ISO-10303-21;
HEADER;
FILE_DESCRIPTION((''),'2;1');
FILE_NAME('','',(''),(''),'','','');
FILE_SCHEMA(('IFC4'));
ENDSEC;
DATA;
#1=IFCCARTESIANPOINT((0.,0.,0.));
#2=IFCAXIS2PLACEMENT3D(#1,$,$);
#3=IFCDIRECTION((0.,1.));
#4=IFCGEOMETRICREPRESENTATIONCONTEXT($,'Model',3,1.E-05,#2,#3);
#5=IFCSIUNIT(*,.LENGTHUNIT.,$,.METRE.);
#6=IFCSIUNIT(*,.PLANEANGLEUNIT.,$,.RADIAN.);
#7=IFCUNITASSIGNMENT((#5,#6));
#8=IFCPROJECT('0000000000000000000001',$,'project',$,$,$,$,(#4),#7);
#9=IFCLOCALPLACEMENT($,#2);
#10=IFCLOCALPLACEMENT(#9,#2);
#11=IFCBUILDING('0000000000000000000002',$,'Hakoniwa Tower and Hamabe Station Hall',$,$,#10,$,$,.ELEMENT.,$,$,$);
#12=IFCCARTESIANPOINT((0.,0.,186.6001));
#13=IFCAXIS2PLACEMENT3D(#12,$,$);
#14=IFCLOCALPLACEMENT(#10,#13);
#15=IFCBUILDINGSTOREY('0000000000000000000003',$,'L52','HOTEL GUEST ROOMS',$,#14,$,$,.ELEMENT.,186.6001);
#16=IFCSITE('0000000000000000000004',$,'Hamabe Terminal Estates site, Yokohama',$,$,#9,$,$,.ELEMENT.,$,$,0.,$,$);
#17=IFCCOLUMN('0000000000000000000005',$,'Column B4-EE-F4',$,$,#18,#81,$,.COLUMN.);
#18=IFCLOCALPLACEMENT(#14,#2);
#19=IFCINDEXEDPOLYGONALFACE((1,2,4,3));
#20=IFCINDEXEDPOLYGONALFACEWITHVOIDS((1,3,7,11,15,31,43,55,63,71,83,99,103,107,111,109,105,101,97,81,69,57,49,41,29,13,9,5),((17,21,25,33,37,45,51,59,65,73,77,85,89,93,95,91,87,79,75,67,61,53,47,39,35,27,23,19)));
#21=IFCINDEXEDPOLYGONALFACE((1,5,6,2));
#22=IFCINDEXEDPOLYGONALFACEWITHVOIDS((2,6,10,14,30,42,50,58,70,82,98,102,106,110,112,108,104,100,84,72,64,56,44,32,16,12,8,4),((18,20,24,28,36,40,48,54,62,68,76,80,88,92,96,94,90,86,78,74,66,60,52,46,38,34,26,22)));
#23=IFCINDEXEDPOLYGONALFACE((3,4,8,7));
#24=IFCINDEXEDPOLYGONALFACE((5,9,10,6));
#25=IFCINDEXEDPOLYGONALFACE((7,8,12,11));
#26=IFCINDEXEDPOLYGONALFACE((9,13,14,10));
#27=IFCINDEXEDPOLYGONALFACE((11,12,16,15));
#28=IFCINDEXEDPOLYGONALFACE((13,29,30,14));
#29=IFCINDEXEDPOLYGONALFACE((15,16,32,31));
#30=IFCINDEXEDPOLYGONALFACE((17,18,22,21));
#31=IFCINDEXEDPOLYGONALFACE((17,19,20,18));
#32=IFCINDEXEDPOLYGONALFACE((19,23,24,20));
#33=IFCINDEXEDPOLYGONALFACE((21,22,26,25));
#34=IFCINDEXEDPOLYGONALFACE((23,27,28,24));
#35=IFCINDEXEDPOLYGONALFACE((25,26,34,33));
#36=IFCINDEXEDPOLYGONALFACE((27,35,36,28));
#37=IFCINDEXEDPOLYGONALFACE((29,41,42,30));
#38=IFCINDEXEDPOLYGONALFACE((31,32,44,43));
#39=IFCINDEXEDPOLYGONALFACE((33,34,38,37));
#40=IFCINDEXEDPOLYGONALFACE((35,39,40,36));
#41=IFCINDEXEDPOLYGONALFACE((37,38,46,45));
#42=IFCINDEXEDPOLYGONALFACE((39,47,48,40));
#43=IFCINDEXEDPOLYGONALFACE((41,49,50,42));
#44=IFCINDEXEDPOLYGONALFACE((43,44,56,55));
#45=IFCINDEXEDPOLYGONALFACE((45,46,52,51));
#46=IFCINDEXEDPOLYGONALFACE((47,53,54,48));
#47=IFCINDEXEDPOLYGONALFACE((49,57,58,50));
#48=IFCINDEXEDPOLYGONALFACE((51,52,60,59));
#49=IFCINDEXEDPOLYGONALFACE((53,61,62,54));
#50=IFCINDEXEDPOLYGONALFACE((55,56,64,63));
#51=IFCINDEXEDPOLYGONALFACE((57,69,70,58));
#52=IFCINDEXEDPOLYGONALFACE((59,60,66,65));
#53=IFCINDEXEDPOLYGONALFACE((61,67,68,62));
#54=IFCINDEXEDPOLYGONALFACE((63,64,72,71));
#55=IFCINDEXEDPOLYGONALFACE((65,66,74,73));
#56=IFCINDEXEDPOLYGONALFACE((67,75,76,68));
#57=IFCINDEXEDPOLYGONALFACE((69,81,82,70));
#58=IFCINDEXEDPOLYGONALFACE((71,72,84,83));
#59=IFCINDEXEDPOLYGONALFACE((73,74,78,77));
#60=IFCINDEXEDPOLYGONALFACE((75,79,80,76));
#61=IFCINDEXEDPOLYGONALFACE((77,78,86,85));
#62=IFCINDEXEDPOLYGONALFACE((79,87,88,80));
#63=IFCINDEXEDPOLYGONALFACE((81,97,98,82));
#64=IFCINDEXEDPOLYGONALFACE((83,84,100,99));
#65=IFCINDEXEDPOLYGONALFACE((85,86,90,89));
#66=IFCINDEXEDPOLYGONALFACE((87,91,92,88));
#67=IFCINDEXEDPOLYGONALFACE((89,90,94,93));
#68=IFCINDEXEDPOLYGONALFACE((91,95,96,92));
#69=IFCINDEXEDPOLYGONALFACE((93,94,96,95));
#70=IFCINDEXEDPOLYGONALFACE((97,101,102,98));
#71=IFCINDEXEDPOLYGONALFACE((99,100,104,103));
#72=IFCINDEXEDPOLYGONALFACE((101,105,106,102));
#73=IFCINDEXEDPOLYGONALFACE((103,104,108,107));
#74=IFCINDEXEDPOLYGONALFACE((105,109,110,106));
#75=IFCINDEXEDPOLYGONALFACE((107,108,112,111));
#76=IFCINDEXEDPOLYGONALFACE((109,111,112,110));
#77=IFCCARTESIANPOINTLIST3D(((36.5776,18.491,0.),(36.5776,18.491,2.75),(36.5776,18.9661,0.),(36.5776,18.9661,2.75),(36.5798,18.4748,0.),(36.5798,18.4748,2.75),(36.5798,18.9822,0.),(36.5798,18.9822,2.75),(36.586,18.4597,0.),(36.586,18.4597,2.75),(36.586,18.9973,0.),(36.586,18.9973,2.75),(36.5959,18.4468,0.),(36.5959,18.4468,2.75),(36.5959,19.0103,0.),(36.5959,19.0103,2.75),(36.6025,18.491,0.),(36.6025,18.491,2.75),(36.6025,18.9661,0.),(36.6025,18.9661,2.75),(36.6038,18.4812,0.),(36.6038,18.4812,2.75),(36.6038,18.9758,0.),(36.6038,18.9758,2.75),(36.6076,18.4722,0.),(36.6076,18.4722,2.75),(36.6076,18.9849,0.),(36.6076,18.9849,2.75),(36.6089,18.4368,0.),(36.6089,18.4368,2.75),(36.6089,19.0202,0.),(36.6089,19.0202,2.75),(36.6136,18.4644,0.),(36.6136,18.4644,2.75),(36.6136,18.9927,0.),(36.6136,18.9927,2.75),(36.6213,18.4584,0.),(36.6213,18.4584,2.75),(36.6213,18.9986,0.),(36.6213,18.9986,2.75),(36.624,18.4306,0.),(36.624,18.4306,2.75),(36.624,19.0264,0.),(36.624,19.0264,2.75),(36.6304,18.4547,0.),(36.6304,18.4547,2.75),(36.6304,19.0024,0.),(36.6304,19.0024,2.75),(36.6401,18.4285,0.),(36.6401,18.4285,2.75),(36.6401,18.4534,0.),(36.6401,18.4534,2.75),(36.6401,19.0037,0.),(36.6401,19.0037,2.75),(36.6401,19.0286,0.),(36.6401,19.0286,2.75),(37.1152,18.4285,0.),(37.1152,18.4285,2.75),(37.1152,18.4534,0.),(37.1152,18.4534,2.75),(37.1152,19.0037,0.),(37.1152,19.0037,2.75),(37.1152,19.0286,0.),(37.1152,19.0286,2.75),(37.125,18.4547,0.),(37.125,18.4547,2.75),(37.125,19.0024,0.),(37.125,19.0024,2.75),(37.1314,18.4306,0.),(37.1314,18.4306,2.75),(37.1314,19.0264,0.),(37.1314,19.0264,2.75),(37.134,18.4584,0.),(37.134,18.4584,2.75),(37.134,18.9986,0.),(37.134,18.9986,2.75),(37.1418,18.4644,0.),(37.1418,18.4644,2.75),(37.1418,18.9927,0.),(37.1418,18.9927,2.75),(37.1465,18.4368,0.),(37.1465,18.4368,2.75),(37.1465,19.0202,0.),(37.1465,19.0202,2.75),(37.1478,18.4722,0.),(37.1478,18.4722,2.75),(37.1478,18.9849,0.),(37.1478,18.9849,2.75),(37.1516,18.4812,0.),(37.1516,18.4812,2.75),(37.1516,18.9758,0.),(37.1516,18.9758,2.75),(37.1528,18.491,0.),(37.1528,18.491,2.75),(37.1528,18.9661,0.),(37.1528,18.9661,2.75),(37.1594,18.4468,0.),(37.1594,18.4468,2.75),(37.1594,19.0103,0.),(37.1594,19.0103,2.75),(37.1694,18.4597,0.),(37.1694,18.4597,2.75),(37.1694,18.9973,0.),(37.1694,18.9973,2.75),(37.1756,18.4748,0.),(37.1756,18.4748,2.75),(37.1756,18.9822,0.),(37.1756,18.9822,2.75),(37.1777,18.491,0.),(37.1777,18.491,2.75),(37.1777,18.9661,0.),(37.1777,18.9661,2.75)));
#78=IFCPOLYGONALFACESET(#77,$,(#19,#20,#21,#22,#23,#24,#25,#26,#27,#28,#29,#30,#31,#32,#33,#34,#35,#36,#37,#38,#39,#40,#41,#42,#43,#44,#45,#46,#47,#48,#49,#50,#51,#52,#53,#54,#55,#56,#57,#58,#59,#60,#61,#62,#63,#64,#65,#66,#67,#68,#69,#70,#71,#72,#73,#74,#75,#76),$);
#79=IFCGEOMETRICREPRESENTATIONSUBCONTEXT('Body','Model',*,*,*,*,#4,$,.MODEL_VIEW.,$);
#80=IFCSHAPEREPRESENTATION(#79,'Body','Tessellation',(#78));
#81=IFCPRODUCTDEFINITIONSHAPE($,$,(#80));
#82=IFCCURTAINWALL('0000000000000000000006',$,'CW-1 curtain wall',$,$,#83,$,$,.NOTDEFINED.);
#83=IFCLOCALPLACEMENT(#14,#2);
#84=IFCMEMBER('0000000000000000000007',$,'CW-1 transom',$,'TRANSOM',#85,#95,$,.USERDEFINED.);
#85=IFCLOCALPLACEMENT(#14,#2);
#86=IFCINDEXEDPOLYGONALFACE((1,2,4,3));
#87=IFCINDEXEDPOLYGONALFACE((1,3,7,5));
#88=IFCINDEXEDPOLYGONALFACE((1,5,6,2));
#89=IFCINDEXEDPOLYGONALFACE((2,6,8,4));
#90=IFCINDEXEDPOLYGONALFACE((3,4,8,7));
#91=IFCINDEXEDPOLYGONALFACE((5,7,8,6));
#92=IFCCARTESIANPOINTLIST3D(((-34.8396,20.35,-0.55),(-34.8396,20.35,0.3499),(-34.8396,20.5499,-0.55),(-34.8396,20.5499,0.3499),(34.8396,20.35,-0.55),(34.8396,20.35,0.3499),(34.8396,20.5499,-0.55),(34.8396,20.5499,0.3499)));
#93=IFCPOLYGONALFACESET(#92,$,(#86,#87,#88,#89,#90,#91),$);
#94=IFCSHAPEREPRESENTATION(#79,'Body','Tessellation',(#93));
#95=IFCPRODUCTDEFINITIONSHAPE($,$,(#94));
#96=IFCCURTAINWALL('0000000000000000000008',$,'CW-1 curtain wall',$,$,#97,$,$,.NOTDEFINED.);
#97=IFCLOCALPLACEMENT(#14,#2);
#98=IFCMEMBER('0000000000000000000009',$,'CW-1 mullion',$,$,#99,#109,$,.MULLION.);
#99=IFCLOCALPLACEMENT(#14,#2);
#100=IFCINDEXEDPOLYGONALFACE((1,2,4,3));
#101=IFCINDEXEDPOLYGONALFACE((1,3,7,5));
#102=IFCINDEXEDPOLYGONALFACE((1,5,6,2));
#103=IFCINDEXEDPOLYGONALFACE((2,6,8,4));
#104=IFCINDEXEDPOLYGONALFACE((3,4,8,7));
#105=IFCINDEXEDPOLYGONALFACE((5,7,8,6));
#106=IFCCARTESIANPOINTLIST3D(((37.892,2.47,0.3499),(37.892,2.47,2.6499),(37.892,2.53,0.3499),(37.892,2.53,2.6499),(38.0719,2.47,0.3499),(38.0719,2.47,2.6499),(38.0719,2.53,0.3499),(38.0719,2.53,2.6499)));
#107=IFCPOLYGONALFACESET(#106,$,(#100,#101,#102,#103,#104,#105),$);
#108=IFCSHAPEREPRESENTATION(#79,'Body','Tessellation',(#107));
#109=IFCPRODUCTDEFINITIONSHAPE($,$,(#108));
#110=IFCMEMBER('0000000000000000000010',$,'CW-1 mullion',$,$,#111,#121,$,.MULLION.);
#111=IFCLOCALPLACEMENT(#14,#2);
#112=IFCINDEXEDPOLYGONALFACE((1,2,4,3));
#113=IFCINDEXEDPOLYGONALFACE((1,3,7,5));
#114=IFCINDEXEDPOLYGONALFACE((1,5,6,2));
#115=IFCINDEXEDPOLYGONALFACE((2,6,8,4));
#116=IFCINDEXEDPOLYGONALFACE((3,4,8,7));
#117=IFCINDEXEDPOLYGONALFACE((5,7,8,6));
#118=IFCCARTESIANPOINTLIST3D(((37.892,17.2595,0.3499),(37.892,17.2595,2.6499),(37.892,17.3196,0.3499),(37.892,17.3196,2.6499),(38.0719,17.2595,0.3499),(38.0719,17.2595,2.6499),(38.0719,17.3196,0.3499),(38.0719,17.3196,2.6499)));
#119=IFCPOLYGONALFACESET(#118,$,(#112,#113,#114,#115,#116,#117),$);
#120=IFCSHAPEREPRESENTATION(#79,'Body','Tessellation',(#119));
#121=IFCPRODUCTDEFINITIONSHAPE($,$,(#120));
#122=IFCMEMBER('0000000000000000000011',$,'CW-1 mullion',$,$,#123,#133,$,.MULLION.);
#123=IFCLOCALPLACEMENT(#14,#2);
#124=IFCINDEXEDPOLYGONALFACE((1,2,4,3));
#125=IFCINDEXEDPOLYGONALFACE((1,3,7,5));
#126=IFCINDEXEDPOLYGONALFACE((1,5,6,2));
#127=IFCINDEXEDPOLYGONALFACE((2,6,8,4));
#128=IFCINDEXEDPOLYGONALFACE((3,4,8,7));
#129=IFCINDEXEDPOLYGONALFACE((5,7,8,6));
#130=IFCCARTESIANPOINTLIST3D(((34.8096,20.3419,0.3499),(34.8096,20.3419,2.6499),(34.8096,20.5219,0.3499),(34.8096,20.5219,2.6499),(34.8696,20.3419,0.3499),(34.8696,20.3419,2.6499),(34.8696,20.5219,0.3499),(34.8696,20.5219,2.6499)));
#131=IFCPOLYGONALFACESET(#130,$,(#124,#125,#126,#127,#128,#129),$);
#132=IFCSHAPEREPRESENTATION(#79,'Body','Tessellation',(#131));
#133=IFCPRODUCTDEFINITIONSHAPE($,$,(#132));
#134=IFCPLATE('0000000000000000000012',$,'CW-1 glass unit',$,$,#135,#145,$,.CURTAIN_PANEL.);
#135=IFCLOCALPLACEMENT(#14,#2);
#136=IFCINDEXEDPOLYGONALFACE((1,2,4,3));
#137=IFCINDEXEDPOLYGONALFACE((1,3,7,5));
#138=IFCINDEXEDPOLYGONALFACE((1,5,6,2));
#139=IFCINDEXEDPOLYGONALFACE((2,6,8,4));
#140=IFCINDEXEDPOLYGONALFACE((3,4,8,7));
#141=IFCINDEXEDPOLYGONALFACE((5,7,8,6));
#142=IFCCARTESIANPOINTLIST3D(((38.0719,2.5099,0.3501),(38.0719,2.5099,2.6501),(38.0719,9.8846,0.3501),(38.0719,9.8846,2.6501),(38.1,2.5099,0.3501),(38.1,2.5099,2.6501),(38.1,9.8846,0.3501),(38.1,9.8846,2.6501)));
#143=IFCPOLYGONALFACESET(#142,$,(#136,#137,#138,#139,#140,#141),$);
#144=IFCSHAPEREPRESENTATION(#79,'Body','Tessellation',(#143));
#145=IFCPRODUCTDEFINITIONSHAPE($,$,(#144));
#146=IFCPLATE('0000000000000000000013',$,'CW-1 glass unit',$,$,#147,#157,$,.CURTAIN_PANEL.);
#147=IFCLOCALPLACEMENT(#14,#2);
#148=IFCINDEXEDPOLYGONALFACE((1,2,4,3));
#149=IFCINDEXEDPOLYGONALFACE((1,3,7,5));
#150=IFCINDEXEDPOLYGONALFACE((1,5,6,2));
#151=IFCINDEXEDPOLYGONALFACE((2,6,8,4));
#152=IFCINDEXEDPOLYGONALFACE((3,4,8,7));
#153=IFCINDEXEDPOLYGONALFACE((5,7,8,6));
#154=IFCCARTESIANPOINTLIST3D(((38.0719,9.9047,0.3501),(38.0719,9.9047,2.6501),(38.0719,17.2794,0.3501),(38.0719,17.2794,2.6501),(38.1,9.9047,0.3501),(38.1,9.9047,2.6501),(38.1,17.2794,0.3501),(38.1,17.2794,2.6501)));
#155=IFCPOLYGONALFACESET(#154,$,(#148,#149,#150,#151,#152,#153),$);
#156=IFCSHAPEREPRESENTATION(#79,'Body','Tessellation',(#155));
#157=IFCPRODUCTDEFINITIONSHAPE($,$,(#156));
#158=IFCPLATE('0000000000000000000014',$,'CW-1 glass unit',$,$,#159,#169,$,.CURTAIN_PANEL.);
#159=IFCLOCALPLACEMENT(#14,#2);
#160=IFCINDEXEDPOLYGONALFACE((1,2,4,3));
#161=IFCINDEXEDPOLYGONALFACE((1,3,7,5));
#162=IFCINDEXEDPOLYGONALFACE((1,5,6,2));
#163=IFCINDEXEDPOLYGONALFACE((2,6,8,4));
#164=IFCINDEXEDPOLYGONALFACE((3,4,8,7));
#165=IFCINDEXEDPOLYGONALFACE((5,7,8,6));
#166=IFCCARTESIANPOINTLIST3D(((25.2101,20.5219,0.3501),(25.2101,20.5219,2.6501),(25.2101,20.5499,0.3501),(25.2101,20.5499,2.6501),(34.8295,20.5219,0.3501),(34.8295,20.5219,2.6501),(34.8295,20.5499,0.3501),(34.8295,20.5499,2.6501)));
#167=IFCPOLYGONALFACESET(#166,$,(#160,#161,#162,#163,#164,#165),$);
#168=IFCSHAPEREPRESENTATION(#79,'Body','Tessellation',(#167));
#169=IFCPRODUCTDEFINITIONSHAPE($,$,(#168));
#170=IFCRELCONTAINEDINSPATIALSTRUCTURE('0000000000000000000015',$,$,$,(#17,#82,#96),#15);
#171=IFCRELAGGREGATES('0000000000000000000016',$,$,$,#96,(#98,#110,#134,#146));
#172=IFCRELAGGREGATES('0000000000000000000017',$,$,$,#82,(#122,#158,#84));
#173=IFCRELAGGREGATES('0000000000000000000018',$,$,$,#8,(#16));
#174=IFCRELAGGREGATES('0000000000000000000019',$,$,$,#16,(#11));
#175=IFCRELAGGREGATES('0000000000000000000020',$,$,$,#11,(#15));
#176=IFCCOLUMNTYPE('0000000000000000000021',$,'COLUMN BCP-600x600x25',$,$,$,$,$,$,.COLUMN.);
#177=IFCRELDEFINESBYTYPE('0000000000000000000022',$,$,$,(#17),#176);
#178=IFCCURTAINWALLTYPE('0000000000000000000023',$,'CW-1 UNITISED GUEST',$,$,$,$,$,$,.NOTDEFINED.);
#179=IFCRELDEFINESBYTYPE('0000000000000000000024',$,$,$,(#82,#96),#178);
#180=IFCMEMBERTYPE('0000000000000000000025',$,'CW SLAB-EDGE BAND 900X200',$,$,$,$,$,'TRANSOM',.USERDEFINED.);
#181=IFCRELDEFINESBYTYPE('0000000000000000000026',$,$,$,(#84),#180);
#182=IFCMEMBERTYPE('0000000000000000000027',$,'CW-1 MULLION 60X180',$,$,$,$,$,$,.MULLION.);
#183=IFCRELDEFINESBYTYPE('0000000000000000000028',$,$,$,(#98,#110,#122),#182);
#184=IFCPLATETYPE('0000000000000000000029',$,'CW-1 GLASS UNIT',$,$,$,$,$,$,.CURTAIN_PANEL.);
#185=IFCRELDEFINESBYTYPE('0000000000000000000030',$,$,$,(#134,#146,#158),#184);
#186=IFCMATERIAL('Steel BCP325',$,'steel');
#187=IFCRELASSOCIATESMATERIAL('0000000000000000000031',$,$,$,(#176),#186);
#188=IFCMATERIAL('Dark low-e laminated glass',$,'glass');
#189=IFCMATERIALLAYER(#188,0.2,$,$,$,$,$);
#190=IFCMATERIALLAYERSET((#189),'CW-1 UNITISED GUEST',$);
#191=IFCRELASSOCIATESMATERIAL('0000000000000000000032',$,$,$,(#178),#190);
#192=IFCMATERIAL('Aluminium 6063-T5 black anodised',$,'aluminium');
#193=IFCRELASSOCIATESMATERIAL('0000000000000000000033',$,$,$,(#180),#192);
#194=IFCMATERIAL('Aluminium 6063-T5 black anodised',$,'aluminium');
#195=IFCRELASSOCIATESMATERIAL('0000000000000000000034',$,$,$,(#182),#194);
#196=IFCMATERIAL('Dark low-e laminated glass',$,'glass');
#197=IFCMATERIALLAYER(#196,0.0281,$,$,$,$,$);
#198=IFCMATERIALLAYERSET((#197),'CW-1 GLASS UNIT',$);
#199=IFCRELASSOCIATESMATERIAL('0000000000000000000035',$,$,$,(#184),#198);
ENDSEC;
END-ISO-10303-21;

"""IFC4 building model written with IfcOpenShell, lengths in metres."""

from ifc_helpers import new_model, si_unit, direction, frame, origin, origin_2d, place, context, subcontext, project, spatial, rectangle, hollow_rectangle, extrude, material, layer, layer_set, material_profile, profile_set, type_object, element, aggregate, save


model = new_model("IFC4")

# Units and contexts
model_context = context("Model", 3, precision=1e-05, world=origin(), true_north=direction((0.0, 1.0)))
body_context = subcontext(model_context, "Body", "Model", "MODEL_VIEW")
ifc_project = project(units=[si_unit("LENGTHUNIT", "METRE"), si_unit("PLANEANGLEUNIT", "RADIAN")], contexts=[model_context])

# Site, building, storey
site_placement = place(None, origin())
site = spatial("IfcSite", under=ifc_project, at=site_placement, Name="Hamabe Terminal Estates site, Yokohama", CompositionType="ELEMENT", RefElevation=0.0)
building_placement = place(site_placement, origin())
building = spatial("IfcBuilding", under=site, at=building_placement, Name="Hakoniwa Tower and Hamabe Station Hall", CompositionType="ELEMENT")
storey_placement = place(building_placement, frame((0.0, 0.0, 186.6001)))
storey = spatial("IfcBuildingStorey", under=building, at=storey_placement, Name="L52", Description="HOTEL GUEST ROOMS", CompositionType="ELEMENT", Elevation=186.6001)

# Column
ifc_material_1 = material(Name="Steel BCP325", Category="steel")
ifc_material_profile_1 = material_profile(ifc_material_1, hollow_rectangle(XDim=0.6001, YDim=0.6001, WallThickness=0.0249, InnerFilletRadius=0.0376, OuterFilletRadius=0.0625, at=origin_2d()), Name="BCP-600x600x25")
ifc_profile_set_1 = profile_set([ifc_material_profile_1], Name="Steel BCP325")
column_type = type_object("IfcColumnType", Name="COLUMN BCP-600x600x25", PredefinedType="COLUMN", material=ifc_profile_set_1)
for number, where, z_axis, x_axis, name in (
    (1, (36.8777, 18.7285, 0.0), (0.0, 0.0, 1.0), (1.0, 0.0, 0.0), "Column B4-EE-F4"),
):
    element("IfcColumn", number, at=place(storey_placement, frame(where, z_axis=z_axis, x_axis=x_axis)), inside=storey, type_object=column_type, Name=name, PredefinedType="COLUMN", context=body_context, shape_type="SweptSolid", body=[
        extrude(hollow_rectangle(XDim=0.6001, YDim=0.6001, WallThickness=0.0249, InnerFilletRadius=0.0376, OuterFilletRadius=0.0625, at=origin_2d()), origin(), (0.0, 0.0, 1.0), 2.75),
    ])

# Curtain wall, member
ifc_material_2 = material(Name="Dark low-e laminated glass", Category="glass")
ifc_layer_1 = layer(ifc_material_2, 0.2)
ifc_layer_set_1 = layer_set([ifc_layer_1], Name="CW-1 UNITISED GUEST")
curtain_wall_type = type_object("IfcCurtainWallType", Name="CW-1 UNITISED GUEST", PredefinedType="NOTDEFINED", material=ifc_layer_set_1)
curtain_wall_1_placement = place(storey_placement, origin())
curtain_wall_1 = element("IfcCurtainWall", 2, at=curtain_wall_1_placement, inside=storey, type_object=curtain_wall_type, Name="CW-1 curtain wall", PredefinedType="NOTDEFINED")
ifc_material_3 = material(Name="Aluminium 6063-T5 black anodised", Category="aluminium")
ifc_material_profile_2 = material_profile(ifc_material_3, rectangle(XDim=0.2, YDim=0.8999, at=origin_2d()), Name="CW SLAB-EDGE BAND 900X200")
ifc_profile_set_2 = profile_set([ifc_material_profile_2], Name="Aluminium 6063-T5 black anodised")
member_type_1 = type_object("IfcMemberType", Name="CW SLAB-EDGE BAND 900X200", ElementType="TRANSOM", PredefinedType="USERDEFINED", material=ifc_profile_set_2)
member_1_placement = place(storey_placement, frame((34.8396, 20.45, -0.1001), z_axis=(-1.0, 0.0, 0.0), x_axis=(0.0, -1.0, 0.0)))
member_1 = element("IfcMember", 3, at=member_1_placement, type_object=member_type_1, Name="CW-1 transom", ObjectType="TRANSOM", PredefinedType="USERDEFINED", context=body_context, shape_type="SweptSolid", body=[
    extrude(rectangle(XDim=0.2, YDim=0.8999, at=origin_2d()), origin(), (0.0, 0.0, 1.0), 69.6792),
])

# Curtain wall, members
curtain_wall_2_placement = place(storey_placement, origin())
curtain_wall_2 = element("IfcCurtainWall", 4, at=curtain_wall_2_placement, inside=storey, type_object=curtain_wall_type, Name="CW-1 curtain wall", PredefinedType="NOTDEFINED")
ifc_material_4 = material(Name="Aluminium 6063-T5 black anodised", Category="aluminium")
ifc_material_profile_3 = material_profile(ifc_material_4, rectangle(XDim=0.0601, YDim=0.1799, at=origin_2d()), Name="CW-1 MULLION 60X180")
ifc_profile_set_3 = profile_set([ifc_material_profile_3], Name="Aluminium 6063-T5 black anodised")
member_type_2 = type_object("IfcMemberType", Name="CW-1 MULLION 60X180", PredefinedType="MULLION", material=ifc_profile_set_3)
member_2_placement = place(storey_placement, frame((37.9819, 2.5, 0.3499), z_axis=(0.0, 0.0, 1.0), x_axis=(0.0, 1.0, 0.0)))
member_2 = element("IfcMember", 5, at=member_2_placement, type_object=member_type_2, Name="CW-1 mullion", PredefinedType="MULLION", context=body_context, shape_type="SweptSolid", body=[
    extrude(rectangle(XDim=0.0601, YDim=0.1799, at=origin_2d()), origin(), (0.0, 0.0, 1.0), 2.3),
])
member_3_placement = place(storey_placement, frame((37.9819, 17.2896, 0.3499), z_axis=(0.0, 0.0, 1.0), x_axis=(0.0, 1.0, 0.0)))
member_3 = element("IfcMember", 6, at=member_3_placement, type_object=member_type_2, Name="CW-1 mullion", PredefinedType="MULLION", context=body_context, shape_type="SweptSolid", body=[
    extrude(rectangle(XDim=0.0601, YDim=0.1799, at=origin_2d()), origin(), (0.0, 0.0, 1.0), 2.3),
])

# Member
member_4_placement = place(storey_placement, frame((34.8396, 20.4319, 0.3499), z_axis=(0.0, 0.0, 1.0), x_axis=(-1.0, 0.0, 0.0)))
member_4 = element("IfcMember", 7, at=member_4_placement, type_object=member_type_2, Name="CW-1 mullion", PredefinedType="MULLION", context=body_context, shape_type="SweptSolid", body=[
    extrude(rectangle(XDim=0.0601, YDim=0.1799, at=origin_2d()), origin(), (0.0, 0.0, 1.0), 2.3),
])

# Plates
ifc_material_5 = material(Name="Dark low-e laminated glass", Category="glass")
ifc_layer_2 = layer(ifc_material_5, 0.0281)
ifc_layer_set_2 = layer_set([ifc_layer_2], Name="CW-1 GLASS UNIT")
plate_type = type_object("IfcPlateType", Name="CW-1 GLASS UNIT", PredefinedType="CURTAIN_PANEL", material=ifc_layer_set_2)
plate_1_placement = place(storey_placement, frame((38.0859, 6.1973, 0.3501), z_axis=(0.0, 0.0, 1.0), x_axis=(0.0, 1.0, 0.0)))
plate_1 = element("IfcPlate", 8, at=plate_1_placement, type_object=plate_type, Name="CW-1 glass unit", PredefinedType="CURTAIN_PANEL", context=body_context, shape_type="SweptSolid", body=[
    extrude(rectangle(XDim=7.3748, YDim=0.0281, at=origin_2d()), origin(), (0.0, 0.0, 1.0), 2.3),
])
plate_2_placement = place(storey_placement, frame((38.0859, 13.592, 0.3501), z_axis=(0.0, 0.0, 1.0), x_axis=(0.0, 1.0, 0.0)))
plate_2 = element("IfcPlate", 9, at=plate_2_placement, type_object=plate_type, Name="CW-1 glass unit", PredefinedType="CURTAIN_PANEL", context=body_context, shape_type="SweptSolid", body=[
    extrude(rectangle(XDim=7.3748, YDim=0.0281, at=origin_2d()), origin(), (0.0, 0.0, 1.0), 2.3),
])
aggregate(curtain_wall_2, [member_2, member_3, plate_1, plate_2])
plate_3_placement = place(storey_placement, frame((30.0198, 20.5359, 0.3501), z_axis=(0.0, 0.0, 1.0), x_axis=(-1.0, 0.0, 0.0)))
plate_3 = element("IfcPlate", 10, at=plate_3_placement, type_object=plate_type, Name="CW-1 glass unit", PredefinedType="CURTAIN_PANEL", context=body_context, shape_type="SweptSolid", body=[
    extrude(rectangle(XDim=9.6194, YDim=0.0281, at=origin_2d()), origin(), (0.0, 0.0, 1.0), 2.3),
])
aggregate(curtain_wall_1, [member_4, plate_3, member_1])

save(model, "model.ifc")
